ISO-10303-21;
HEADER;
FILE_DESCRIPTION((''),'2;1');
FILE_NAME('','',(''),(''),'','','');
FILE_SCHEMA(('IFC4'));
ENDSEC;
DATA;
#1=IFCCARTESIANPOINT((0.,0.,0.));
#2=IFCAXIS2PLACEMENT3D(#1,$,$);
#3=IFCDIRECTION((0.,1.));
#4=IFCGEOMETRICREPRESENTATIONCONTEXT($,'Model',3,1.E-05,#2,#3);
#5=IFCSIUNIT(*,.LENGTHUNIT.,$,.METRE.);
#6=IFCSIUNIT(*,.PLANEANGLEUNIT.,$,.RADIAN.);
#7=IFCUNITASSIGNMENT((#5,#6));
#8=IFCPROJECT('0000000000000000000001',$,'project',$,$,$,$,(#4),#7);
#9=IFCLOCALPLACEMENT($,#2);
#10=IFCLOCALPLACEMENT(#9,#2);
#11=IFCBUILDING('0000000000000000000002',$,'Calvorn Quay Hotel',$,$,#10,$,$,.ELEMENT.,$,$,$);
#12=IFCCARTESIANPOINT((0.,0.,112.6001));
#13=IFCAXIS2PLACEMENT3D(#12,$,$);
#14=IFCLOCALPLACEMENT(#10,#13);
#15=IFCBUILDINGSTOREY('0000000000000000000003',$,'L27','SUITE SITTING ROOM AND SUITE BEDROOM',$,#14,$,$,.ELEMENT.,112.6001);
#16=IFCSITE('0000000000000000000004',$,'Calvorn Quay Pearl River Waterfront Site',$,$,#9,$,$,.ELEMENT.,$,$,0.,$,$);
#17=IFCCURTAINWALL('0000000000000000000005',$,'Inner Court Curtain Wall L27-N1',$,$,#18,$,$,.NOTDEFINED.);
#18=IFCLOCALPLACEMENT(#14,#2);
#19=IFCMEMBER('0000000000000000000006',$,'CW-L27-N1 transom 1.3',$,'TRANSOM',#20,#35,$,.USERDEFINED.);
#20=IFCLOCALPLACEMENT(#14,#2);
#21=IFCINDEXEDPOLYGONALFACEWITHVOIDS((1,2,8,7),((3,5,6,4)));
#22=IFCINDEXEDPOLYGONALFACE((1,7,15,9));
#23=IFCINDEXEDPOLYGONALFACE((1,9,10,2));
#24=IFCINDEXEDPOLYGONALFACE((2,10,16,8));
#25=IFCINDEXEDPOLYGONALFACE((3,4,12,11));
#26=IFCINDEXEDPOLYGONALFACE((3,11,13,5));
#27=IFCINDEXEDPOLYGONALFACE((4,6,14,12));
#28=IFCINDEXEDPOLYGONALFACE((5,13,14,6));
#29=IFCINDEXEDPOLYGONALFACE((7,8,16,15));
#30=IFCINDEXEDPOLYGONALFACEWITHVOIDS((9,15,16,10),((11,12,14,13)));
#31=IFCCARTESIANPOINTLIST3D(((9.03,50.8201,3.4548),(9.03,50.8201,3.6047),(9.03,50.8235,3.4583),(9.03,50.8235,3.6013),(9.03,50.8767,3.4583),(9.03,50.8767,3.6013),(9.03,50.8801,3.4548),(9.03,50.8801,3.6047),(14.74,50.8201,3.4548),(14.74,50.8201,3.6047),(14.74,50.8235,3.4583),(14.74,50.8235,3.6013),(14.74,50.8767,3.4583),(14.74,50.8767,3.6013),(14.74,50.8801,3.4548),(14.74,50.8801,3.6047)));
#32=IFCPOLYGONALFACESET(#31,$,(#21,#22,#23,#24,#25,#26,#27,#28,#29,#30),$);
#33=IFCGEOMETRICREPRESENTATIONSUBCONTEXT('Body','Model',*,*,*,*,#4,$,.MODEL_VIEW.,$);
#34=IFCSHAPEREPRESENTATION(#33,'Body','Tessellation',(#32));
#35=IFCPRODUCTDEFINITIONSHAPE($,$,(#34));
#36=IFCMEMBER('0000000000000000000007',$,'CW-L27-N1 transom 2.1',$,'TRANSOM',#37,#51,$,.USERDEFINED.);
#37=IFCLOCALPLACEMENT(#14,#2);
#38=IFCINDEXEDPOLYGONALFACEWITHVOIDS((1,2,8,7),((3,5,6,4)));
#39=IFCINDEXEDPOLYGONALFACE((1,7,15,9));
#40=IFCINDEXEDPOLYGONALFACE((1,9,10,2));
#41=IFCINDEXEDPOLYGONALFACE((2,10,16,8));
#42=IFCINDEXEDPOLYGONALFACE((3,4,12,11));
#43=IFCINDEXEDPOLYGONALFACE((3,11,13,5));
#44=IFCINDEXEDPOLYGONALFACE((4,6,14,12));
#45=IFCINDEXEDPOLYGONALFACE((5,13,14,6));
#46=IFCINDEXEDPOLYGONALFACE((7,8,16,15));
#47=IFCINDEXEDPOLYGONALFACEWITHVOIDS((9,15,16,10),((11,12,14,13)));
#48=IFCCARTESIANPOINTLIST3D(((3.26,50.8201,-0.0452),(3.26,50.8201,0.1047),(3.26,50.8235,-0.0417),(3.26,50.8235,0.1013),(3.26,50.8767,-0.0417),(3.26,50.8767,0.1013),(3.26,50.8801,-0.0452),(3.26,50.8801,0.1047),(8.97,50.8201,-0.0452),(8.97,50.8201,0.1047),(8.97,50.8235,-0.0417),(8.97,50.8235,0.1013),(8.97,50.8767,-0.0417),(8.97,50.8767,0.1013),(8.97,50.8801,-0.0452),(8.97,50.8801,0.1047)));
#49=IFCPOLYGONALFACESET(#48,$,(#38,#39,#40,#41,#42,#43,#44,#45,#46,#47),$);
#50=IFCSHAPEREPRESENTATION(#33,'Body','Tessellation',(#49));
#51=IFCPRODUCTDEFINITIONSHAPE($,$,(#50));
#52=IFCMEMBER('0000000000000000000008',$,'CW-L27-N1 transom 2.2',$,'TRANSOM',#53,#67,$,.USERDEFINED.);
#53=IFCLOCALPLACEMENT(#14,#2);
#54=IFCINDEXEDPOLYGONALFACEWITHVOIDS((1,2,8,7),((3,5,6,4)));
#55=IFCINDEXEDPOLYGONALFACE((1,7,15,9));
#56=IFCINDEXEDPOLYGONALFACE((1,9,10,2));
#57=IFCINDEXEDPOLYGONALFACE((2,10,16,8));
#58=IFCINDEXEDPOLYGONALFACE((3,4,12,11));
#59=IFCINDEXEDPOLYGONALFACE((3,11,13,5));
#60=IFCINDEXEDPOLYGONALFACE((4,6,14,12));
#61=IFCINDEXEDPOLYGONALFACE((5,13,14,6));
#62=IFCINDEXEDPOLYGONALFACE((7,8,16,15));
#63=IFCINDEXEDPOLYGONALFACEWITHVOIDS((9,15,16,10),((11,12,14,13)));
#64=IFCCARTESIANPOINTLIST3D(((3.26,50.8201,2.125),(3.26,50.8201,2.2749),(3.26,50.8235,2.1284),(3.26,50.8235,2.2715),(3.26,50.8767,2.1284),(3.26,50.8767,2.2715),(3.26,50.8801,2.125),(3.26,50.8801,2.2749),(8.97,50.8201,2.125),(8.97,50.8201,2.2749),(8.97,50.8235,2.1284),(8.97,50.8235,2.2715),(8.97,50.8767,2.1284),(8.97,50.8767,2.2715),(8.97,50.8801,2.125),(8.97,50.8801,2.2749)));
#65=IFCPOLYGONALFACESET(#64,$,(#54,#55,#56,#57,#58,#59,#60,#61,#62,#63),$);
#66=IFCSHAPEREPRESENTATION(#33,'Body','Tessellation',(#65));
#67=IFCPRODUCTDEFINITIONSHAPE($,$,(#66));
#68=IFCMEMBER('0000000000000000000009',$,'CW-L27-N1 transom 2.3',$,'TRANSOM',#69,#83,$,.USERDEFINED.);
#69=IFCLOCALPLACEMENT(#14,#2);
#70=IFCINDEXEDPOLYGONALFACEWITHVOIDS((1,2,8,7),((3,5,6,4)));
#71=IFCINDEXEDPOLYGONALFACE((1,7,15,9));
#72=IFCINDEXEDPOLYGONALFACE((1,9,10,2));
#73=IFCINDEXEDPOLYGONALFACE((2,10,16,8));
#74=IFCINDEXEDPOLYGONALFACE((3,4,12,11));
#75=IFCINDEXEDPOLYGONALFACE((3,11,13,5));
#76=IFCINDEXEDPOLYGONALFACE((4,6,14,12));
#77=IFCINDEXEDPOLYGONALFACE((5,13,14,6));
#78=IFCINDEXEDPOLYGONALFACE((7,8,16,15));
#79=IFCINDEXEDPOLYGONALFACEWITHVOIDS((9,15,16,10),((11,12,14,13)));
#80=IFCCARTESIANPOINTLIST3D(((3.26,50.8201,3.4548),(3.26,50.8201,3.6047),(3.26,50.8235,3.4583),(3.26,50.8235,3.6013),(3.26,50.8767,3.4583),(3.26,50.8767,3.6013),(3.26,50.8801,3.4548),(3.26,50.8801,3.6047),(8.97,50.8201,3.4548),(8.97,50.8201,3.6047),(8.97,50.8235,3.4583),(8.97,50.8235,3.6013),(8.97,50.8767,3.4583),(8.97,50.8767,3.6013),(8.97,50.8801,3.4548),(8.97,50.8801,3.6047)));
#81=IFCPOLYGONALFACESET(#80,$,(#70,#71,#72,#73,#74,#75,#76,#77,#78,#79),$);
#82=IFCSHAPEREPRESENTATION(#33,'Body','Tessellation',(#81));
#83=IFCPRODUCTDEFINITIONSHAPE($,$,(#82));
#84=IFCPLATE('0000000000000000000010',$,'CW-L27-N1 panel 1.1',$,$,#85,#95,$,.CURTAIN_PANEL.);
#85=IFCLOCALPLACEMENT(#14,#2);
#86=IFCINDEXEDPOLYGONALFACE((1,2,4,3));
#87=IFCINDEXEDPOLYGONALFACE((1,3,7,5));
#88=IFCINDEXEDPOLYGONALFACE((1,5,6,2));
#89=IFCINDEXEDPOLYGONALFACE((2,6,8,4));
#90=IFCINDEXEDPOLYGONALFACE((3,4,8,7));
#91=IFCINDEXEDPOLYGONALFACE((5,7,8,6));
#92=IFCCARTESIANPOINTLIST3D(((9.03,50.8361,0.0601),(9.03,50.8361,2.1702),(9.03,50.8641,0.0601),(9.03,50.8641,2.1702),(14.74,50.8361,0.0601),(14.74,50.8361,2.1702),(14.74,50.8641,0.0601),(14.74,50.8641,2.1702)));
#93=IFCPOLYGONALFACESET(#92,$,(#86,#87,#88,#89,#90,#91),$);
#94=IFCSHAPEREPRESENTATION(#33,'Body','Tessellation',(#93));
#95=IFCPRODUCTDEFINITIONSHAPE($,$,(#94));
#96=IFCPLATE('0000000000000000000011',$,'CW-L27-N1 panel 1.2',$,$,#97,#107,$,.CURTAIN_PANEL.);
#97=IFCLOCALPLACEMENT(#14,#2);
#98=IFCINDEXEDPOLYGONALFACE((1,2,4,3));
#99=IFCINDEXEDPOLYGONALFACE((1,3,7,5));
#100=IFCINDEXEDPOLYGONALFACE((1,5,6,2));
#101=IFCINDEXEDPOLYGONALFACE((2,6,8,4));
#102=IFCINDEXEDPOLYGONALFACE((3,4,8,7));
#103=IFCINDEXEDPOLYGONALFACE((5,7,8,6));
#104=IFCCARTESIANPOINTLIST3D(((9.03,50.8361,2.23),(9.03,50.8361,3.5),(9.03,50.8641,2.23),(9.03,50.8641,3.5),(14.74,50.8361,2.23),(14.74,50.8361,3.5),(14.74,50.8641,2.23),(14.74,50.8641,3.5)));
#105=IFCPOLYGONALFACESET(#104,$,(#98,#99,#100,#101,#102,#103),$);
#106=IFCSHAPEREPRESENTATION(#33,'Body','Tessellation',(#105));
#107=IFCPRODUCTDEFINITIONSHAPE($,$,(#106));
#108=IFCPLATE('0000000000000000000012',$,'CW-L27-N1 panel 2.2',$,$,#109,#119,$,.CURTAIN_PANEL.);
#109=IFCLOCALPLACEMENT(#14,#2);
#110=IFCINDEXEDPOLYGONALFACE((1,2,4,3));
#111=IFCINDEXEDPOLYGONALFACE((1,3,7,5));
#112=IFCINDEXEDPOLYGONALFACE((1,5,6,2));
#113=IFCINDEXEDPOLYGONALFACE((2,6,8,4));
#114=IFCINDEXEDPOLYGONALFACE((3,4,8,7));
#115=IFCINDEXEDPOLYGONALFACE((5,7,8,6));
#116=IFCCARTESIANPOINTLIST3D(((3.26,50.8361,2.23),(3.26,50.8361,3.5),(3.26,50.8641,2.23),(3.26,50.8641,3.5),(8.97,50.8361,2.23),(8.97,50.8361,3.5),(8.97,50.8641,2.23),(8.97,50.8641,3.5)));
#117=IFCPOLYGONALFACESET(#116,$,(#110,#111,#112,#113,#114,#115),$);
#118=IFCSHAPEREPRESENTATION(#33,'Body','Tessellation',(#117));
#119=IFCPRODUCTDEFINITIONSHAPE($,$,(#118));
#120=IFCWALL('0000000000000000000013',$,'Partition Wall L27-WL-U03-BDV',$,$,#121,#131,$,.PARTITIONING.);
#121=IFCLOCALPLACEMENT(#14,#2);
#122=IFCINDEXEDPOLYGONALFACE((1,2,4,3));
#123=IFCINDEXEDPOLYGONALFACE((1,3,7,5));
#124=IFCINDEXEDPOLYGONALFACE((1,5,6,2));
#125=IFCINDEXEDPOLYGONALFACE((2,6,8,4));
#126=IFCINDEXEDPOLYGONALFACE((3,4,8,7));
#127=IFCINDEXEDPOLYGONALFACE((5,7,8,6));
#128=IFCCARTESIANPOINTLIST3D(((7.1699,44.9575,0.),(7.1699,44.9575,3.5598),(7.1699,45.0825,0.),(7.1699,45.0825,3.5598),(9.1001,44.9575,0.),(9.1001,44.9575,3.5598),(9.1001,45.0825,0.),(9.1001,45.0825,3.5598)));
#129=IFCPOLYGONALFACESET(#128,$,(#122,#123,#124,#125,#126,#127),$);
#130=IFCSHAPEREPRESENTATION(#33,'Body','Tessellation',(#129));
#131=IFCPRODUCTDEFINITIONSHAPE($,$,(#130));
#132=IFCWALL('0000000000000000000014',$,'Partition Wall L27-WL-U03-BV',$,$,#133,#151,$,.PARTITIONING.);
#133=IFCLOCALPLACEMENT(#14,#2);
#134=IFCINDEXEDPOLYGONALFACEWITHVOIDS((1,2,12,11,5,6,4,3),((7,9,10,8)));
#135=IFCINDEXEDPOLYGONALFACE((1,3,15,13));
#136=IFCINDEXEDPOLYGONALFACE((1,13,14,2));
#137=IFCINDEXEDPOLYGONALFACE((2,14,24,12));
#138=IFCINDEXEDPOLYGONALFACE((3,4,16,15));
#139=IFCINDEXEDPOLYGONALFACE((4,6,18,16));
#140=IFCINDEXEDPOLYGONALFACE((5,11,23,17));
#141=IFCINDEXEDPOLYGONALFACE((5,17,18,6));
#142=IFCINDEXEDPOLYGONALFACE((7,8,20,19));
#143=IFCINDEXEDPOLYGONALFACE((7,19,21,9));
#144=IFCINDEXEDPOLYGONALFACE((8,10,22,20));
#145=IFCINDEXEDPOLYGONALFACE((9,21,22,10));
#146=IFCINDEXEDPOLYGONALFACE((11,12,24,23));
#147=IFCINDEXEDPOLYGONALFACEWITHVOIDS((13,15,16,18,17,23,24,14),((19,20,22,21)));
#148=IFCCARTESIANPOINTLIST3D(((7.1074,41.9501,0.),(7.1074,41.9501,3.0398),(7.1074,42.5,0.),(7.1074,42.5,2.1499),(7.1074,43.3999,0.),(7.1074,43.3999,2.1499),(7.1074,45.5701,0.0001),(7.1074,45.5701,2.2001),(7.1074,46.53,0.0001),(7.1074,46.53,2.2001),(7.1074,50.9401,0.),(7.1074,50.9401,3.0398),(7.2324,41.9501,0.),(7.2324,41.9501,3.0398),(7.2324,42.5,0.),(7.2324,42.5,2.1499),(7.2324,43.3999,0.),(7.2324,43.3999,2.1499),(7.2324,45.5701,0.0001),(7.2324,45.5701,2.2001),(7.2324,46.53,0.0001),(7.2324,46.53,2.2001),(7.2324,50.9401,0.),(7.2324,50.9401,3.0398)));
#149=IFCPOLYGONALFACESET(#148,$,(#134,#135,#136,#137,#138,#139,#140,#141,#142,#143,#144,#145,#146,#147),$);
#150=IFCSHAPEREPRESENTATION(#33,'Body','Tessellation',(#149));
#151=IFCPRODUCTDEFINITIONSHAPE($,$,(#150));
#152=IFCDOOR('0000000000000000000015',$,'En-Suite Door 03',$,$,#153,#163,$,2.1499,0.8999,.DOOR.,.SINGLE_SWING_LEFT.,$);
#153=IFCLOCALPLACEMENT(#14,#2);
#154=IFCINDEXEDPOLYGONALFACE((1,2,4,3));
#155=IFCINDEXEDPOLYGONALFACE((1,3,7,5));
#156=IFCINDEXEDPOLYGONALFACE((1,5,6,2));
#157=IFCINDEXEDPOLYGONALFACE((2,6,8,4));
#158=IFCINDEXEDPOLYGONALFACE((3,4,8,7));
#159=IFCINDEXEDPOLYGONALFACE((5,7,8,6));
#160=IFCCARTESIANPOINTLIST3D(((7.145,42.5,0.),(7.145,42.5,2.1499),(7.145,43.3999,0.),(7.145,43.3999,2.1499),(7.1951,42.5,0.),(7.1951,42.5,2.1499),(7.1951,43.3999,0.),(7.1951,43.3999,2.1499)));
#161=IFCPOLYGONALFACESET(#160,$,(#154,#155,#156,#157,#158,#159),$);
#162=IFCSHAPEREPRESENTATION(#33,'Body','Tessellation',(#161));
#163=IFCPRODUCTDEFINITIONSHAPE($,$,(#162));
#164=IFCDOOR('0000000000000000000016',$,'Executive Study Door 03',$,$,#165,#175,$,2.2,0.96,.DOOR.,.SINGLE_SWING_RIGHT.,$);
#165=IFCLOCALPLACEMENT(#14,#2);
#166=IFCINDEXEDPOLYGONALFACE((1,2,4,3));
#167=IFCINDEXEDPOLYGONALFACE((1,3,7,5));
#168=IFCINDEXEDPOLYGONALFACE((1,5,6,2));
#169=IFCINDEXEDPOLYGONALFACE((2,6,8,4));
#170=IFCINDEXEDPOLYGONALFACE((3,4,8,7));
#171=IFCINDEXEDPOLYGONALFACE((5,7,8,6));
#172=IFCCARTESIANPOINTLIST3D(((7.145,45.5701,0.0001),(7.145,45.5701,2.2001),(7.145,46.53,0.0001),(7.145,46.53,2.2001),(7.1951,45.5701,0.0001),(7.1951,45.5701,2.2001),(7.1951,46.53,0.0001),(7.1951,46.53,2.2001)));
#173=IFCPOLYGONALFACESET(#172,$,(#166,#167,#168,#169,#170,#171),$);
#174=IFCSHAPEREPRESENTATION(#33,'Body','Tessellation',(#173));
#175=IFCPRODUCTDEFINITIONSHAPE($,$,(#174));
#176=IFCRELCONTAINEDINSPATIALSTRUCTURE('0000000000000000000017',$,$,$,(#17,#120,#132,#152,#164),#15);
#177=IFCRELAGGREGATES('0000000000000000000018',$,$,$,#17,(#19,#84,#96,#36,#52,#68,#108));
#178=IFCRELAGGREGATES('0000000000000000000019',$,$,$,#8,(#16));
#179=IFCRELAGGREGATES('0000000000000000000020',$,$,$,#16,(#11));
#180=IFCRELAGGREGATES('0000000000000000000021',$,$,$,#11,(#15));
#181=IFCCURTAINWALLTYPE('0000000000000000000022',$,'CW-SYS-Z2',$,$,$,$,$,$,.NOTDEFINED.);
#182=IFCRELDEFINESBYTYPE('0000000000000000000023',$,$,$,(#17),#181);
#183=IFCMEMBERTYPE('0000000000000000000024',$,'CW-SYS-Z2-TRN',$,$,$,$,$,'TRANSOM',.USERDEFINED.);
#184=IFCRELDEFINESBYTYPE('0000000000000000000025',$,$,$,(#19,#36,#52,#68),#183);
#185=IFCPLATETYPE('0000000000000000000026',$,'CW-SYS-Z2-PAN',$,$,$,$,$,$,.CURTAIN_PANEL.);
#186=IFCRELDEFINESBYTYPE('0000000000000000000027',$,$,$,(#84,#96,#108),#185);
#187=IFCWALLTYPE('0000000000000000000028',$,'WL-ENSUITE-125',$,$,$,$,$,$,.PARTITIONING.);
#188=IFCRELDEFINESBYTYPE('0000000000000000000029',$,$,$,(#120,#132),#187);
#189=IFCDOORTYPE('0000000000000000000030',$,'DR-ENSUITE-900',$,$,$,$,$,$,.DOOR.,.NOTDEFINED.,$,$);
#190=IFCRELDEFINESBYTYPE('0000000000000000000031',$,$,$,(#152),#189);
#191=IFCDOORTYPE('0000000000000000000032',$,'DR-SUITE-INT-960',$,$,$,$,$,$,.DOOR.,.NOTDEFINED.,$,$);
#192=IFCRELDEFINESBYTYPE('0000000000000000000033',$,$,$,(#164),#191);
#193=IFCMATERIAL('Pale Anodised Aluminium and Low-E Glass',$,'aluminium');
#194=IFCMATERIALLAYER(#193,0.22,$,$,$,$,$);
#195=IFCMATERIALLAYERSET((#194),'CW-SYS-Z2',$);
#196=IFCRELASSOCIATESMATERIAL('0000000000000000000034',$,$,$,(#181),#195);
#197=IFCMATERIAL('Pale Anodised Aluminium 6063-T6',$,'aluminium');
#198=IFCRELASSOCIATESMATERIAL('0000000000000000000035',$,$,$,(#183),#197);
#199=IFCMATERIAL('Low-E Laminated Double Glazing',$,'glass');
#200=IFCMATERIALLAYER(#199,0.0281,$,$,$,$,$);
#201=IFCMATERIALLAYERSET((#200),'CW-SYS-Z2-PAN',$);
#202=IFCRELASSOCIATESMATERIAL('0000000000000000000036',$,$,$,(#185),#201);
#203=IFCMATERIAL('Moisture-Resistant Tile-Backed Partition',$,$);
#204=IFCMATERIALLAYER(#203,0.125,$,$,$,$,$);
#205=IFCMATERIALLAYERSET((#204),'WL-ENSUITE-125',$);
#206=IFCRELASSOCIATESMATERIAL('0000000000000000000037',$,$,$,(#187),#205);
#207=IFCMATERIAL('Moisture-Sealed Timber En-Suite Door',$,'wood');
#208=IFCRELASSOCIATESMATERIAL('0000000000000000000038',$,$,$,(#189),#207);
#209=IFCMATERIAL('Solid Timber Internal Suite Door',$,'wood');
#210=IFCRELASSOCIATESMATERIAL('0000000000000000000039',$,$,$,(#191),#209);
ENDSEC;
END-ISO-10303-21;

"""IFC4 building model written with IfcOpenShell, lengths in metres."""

from ifc_helpers import new_model, si_unit, direction, frame, frame_2d, origin, origin_2d, place, context, subcontext, project, spatial, rectangle, hollow_rectangle, extrude, material, layer, layer_set, material_profile, profile_set, type_object, element, fill, aggregate, save


model = new_model("IFC4")

# Units and contexts
model_context = context("Model", 3, precision=1e-05, world=origin(), true_north=direction((0.0, 1.0)))
body_context = subcontext(model_context, "Body", "Model", "MODEL_VIEW")
ifc_project = project(units=[si_unit("LENGTHUNIT", "METRE"), si_unit("PLANEANGLEUNIT", "RADIAN")], contexts=[model_context])

# Site, building, storey
site_placement = place(None, origin())
site = spatial("IfcSite", under=ifc_project, at=site_placement, Name="Calvorn Quay Pearl River Waterfront Site", CompositionType="ELEMENT", RefElevation=0.0)
building_placement = place(site_placement, origin())
building = spatial("IfcBuilding", under=site, at=building_placement, Name="Calvorn Quay Hotel", CompositionType="ELEMENT")
storey_placement = place(building_placement, frame((0.0, 0.0, 112.6001)))
storey = spatial("IfcBuildingStorey", under=building, at=storey_placement, Name="L27", Description="SUITE SITTING ROOM AND SUITE BEDROOM", CompositionType="ELEMENT", Elevation=112.6001)

# Curtain wall, members, plates
ifc_material_1 = material(Name="Pale Anodised Aluminium and Low-E Glass", Category="aluminium")
ifc_layer_1 = layer(ifc_material_1, 0.22)
ifc_layer_set_1 = layer_set([ifc_layer_1], Name="CW-SYS-Z2")
curtain_wall_type = type_object("IfcCurtainWallType", Name="CW-SYS-Z2", PredefinedType="NOTDEFINED", material=ifc_layer_set_1)
curtain_wall_placement = place(storey_placement, origin())
curtain_wall = element("IfcCurtainWall", 1, at=curtain_wall_placement, inside=storey, type_object=curtain_wall_type, Name="Inner Court Curtain Wall L27-N1", PredefinedType="NOTDEFINED")
ifc_material_2 = material(Name="Pale Anodised Aluminium 6063-T6", Category="aluminium")
ifc_material_profile_1 = material_profile(ifc_material_2, hollow_rectangle(XDim=0.0601, YDim=0.1499, WallThickness=0.0034, at=origin_2d()), Name="ALU-T150x60x3.5")
ifc_profile_set_1 = profile_set([ifc_material_profile_1], Name="Pale Anodised Aluminium 6063-T6")
member_type_1 = type_object("IfcMemberType", Name="CW-SYS-Z2-TRN", ElementType="TRANSOM", PredefinedType="USERDEFINED", material=ifc_profile_set_1)
member_1_placement = place(storey_placement, frame((14.74, 50.8501, 3.5298), z_axis=(-1.0, 0.0, 0.0), x_axis=(0.0, -1.0, 0.0)))
member_1 = element("IfcMember", 2, at=member_1_placement, type_object=member_type_1, Name="CW-L27-N1 transom 1.3", ObjectType="TRANSOM", PredefinedType="USERDEFINED", context=body_context, shape_type="SweptSolid", body=[
    extrude(hollow_rectangle(XDim=0.0601, YDim=0.1499, WallThickness=0.0034, at=origin_2d()), origin(), (0.0, 0.0, 1.0), 5.71),
])
member_2_placement = place(storey_placement, frame((8.97, 50.8501, 0.0298), z_axis=(-1.0, 0.0, 0.0), x_axis=(0.0, -1.0, 0.0)))
member_2 = element("IfcMember", 3, at=member_2_placement, type_object=member_type_1, Name="CW-L27-N1 transom 2.1", ObjectType="TRANSOM", PredefinedType="USERDEFINED", context=body_context, shape_type="SweptSolid", body=[
    extrude(hollow_rectangle(XDim=0.0601, YDim=0.1499, WallThickness=0.0034, at=origin_2d()), origin(), (0.0, 0.0, 1.0), 5.71),
])
member_3_placement = place(storey_placement, frame((8.97, 50.8501, 2.2), z_axis=(-1.0, 0.0, 0.0), x_axis=(0.0, -1.0, 0.0)))
member_3 = element("IfcMember", 4, at=member_3_placement, type_object=member_type_1, Name="CW-L27-N1 transom 2.2", ObjectType="TRANSOM", PredefinedType="USERDEFINED", context=body_context, shape_type="SweptSolid", body=[
    extrude(hollow_rectangle(XDim=0.0601, YDim=0.1499, WallThickness=0.0034, at=origin_2d()), origin(), (0.0, 0.0, 1.0), 5.71),
])
member_4_placement = place(storey_placement, frame((8.97, 50.8501, 3.5298), z_axis=(-1.0, 0.0, 0.0), x_axis=(0.0, -1.0, 0.0)))
member_4 = element("IfcMember", 5, at=member_4_placement, type_object=member_type_1, Name="CW-L27-N1 transom 2.3", ObjectType="TRANSOM", PredefinedType="USERDEFINED", context=body_context, shape_type="SweptSolid", body=[
    extrude(hollow_rectangle(XDim=0.0601, YDim=0.1499, WallThickness=0.0034, at=origin_2d()), origin(), (0.0, 0.0, 1.0), 5.71),
])
ifc_material_3 = material(Name="Low-E Laminated Double Glazing", Category="glass")
ifc_layer_2 = layer(ifc_material_3, 0.0281)
ifc_layer_set_2 = layer_set([ifc_layer_2], Name="CW-SYS-Z2-PAN")
plate_type = type_object("IfcPlateType", Name="CW-SYS-Z2-PAN", PredefinedType="CURTAIN_PANEL", material=ifc_layer_set_2)
plate_1_placement = place(storey_placement, frame((11.885, 50.8501, 0.0601), z_axis=(0.0, 0.0, 1.0), x_axis=(-1.0, 0.0, 0.0)))
plate_1 = element("IfcPlate", 6, at=plate_1_placement, type_object=plate_type, Name="CW-L27-N1 panel 1.1", PredefinedType="CURTAIN_PANEL", context=body_context, shape_type="SweptSolid", body=[
    extrude(rectangle(XDim=5.71, YDim=0.0281, at=origin_2d()), origin(), (0.0, 0.0, 1.0), 2.1101),
])
plate_2_placement = place(storey_placement, frame((11.885, 50.8501, 2.23), z_axis=(0.0, 0.0, 1.0), x_axis=(-1.0, 0.0, 0.0)))
plate_2 = element("IfcPlate", 7, at=plate_2_placement, type_object=plate_type, Name="CW-L27-N1 panel 1.2", PredefinedType="CURTAIN_PANEL", context=body_context, shape_type="SweptSolid", body=[
    extrude(rectangle(XDim=5.71, YDim=0.0281, at=origin_2d()), origin(), (0.0, 0.0, 1.0), 1.27),
])
plate_3_placement = place(storey_placement, frame((6.115, 50.8501, 2.23), z_axis=(0.0, 0.0, 1.0), x_axis=(-1.0, 0.0, 0.0)))
plate_3 = element("IfcPlate", 8, at=plate_3_placement, type_object=plate_type, Name="CW-L27-N1 panel 2.2", PredefinedType="CURTAIN_PANEL", context=body_context, shape_type="SweptSolid", body=[
    extrude(rectangle(XDim=5.71, YDim=0.0281, at=origin_2d()), origin(), (0.0, 0.0, 1.0), 1.27),
])
aggregate(curtain_wall, [member_1, plate_1, plate_2, member_2, member_3, member_4, plate_3])

# Wall
ifc_material_4 = material(Name="Moisture-Resistant Tile-Backed Partition")
ifc_layer_3 = layer(ifc_material_4, 0.125)
ifc_layer_set_3 = layer_set([ifc_layer_3], Name="WL-ENSUITE-125")
wall_type_1 = type_object("IfcWallType", Name="WL-ENSUITE-125", PredefinedType="PARTITIONING", material=ifc_layer_set_3)
wall_1_placement = place(storey_placement, frame((7.1699, 45.02, 0.0), z_axis=(0.0, 0.0, 1.0), x_axis=(1.0, 0.0, 0.0)))
element("IfcWall", 9, at=wall_1_placement, inside=storey, type_object=wall_type_1, Name="Partition Wall L27-WL-U03-BDV", PredefinedType="PARTITIONING", context=body_context, shape_type="SweptSolid", body=[
    extrude(rectangle(XDim=1.9302, YDim=0.125, at=frame_2d((0.9651, 0.0))), origin(), (0.0, 0.0, 1.0), 3.5598),
])

# Wall, openings, doors
wall_2_placement = place(storey_placement, frame((7.1699, 41.95, 0.0), z_axis=(0.0, 0.0, 1.0), x_axis=(0.0, 1.0, 0.0)))
wall_2 = element("IfcWall", 10, at=wall_2_placement, inside=storey, type_object=wall_type_1, Name="Partition Wall L27-WL-U03-BV", PredefinedType="PARTITIONING", context=body_context, shape_type="SweptSolid", body=[
    extrude(rectangle(XDim=8.99, YDim=0.125, at=frame_2d((4.4951, 0.0))), origin(), (0.0, 0.0, 1.0), 3.0398),
])
opening_1_placement = place(wall_2_placement, frame((0.55, 0.0, 0.0)))
opening_1 = element("IfcOpeningElement", 11, at=opening_1_placement, cuts=wall_2, PredefinedType="OPENING", context=body_context, shape_type="SweptSolid", body=[
    extrude(rectangle(XDim=0.8999, YDim=2.1499, at=frame_2d((0.45, 1.075))), frame((0.0, 0.0725, 0.0), z_axis=(0.0, -1.0, 0.0), x_axis=(1.0, 0.0, 0.0)), (0.0, 0.0, 1.0), 0.145),
])
opening_2_placement = place(wall_2_placement, frame((3.6201, 0.0, 0.0)))
opening_2 = element("IfcOpeningElement", 12, at=opening_2_placement, cuts=wall_2, PredefinedType="OPENING", context=body_context, shape_type="SweptSolid", body=[
    extrude(rectangle(XDim=0.96, YDim=2.2, at=frame_2d((0.48, 1.1001))), frame((0.0, 0.0725, 0.0), z_axis=(0.0, -1.0, 0.0), x_axis=(1.0, 0.0, 0.0)), (0.0, 0.0, 1.0), 0.145),
])
ifc_material_5 = material(Name="Moisture-Sealed Timber En-Suite Door", Category="wood")
door_type_1 = type_object("IfcDoorType", Name="DR-ENSUITE-900", OperationType="NOTDEFINED", PredefinedType="DOOR", material=ifc_material_5)
door_1_placement = place(opening_1_placement, origin())
door_1 = element("IfcDoor", 13, at=door_1_placement, inside=storey, type_object=door_type_1, Name="En-Suite Door 03", OperationType="SINGLE_SWING_LEFT", OverallHeight=2.1499, OverallWidth=0.8999, PredefinedType="DOOR", context=body_context, shape_type="SweptSolid", body=[
    extrude(rectangle(XDim=0.8999, YDim=2.1499, at=frame_2d((0.45, 1.075))), frame((0.0, 0.0249, 0.0), z_axis=(0.0, -1.0, 0.0), x_axis=(1.0, 0.0, 0.0)), (0.0, 0.0, 1.0), 0.05),
])
fill(opening_1, door_1)
ifc_material_6 = material(Name="Solid Timber Internal Suite Door", Category="wood")
door_type_2 = type_object("IfcDoorType", Name="DR-SUITE-INT-960", OperationType="NOTDEFINED", PredefinedType="DOOR", material=ifc_material_6)
door_2_placement = place(opening_2_placement, origin())
door_2 = element("IfcDoor", 14, at=door_2_placement, inside=storey, type_object=door_type_2, Name="Executive Study Door 03", OperationType="SINGLE_SWING_RIGHT", OverallHeight=2.2, OverallWidth=0.96, PredefinedType="DOOR", context=body_context, shape_type="SweptSolid", body=[
    extrude(rectangle(XDim=0.96, YDim=2.2, at=frame_2d((0.48, 1.1001))), frame((0.0, 0.0249, 0.0), z_axis=(0.0, -1.0, 0.0), x_axis=(1.0, 0.0, 0.0)), (0.0, 0.0, 1.0), 0.05),
])
fill(opening_2, door_2)

save(model, "model.ifc")
